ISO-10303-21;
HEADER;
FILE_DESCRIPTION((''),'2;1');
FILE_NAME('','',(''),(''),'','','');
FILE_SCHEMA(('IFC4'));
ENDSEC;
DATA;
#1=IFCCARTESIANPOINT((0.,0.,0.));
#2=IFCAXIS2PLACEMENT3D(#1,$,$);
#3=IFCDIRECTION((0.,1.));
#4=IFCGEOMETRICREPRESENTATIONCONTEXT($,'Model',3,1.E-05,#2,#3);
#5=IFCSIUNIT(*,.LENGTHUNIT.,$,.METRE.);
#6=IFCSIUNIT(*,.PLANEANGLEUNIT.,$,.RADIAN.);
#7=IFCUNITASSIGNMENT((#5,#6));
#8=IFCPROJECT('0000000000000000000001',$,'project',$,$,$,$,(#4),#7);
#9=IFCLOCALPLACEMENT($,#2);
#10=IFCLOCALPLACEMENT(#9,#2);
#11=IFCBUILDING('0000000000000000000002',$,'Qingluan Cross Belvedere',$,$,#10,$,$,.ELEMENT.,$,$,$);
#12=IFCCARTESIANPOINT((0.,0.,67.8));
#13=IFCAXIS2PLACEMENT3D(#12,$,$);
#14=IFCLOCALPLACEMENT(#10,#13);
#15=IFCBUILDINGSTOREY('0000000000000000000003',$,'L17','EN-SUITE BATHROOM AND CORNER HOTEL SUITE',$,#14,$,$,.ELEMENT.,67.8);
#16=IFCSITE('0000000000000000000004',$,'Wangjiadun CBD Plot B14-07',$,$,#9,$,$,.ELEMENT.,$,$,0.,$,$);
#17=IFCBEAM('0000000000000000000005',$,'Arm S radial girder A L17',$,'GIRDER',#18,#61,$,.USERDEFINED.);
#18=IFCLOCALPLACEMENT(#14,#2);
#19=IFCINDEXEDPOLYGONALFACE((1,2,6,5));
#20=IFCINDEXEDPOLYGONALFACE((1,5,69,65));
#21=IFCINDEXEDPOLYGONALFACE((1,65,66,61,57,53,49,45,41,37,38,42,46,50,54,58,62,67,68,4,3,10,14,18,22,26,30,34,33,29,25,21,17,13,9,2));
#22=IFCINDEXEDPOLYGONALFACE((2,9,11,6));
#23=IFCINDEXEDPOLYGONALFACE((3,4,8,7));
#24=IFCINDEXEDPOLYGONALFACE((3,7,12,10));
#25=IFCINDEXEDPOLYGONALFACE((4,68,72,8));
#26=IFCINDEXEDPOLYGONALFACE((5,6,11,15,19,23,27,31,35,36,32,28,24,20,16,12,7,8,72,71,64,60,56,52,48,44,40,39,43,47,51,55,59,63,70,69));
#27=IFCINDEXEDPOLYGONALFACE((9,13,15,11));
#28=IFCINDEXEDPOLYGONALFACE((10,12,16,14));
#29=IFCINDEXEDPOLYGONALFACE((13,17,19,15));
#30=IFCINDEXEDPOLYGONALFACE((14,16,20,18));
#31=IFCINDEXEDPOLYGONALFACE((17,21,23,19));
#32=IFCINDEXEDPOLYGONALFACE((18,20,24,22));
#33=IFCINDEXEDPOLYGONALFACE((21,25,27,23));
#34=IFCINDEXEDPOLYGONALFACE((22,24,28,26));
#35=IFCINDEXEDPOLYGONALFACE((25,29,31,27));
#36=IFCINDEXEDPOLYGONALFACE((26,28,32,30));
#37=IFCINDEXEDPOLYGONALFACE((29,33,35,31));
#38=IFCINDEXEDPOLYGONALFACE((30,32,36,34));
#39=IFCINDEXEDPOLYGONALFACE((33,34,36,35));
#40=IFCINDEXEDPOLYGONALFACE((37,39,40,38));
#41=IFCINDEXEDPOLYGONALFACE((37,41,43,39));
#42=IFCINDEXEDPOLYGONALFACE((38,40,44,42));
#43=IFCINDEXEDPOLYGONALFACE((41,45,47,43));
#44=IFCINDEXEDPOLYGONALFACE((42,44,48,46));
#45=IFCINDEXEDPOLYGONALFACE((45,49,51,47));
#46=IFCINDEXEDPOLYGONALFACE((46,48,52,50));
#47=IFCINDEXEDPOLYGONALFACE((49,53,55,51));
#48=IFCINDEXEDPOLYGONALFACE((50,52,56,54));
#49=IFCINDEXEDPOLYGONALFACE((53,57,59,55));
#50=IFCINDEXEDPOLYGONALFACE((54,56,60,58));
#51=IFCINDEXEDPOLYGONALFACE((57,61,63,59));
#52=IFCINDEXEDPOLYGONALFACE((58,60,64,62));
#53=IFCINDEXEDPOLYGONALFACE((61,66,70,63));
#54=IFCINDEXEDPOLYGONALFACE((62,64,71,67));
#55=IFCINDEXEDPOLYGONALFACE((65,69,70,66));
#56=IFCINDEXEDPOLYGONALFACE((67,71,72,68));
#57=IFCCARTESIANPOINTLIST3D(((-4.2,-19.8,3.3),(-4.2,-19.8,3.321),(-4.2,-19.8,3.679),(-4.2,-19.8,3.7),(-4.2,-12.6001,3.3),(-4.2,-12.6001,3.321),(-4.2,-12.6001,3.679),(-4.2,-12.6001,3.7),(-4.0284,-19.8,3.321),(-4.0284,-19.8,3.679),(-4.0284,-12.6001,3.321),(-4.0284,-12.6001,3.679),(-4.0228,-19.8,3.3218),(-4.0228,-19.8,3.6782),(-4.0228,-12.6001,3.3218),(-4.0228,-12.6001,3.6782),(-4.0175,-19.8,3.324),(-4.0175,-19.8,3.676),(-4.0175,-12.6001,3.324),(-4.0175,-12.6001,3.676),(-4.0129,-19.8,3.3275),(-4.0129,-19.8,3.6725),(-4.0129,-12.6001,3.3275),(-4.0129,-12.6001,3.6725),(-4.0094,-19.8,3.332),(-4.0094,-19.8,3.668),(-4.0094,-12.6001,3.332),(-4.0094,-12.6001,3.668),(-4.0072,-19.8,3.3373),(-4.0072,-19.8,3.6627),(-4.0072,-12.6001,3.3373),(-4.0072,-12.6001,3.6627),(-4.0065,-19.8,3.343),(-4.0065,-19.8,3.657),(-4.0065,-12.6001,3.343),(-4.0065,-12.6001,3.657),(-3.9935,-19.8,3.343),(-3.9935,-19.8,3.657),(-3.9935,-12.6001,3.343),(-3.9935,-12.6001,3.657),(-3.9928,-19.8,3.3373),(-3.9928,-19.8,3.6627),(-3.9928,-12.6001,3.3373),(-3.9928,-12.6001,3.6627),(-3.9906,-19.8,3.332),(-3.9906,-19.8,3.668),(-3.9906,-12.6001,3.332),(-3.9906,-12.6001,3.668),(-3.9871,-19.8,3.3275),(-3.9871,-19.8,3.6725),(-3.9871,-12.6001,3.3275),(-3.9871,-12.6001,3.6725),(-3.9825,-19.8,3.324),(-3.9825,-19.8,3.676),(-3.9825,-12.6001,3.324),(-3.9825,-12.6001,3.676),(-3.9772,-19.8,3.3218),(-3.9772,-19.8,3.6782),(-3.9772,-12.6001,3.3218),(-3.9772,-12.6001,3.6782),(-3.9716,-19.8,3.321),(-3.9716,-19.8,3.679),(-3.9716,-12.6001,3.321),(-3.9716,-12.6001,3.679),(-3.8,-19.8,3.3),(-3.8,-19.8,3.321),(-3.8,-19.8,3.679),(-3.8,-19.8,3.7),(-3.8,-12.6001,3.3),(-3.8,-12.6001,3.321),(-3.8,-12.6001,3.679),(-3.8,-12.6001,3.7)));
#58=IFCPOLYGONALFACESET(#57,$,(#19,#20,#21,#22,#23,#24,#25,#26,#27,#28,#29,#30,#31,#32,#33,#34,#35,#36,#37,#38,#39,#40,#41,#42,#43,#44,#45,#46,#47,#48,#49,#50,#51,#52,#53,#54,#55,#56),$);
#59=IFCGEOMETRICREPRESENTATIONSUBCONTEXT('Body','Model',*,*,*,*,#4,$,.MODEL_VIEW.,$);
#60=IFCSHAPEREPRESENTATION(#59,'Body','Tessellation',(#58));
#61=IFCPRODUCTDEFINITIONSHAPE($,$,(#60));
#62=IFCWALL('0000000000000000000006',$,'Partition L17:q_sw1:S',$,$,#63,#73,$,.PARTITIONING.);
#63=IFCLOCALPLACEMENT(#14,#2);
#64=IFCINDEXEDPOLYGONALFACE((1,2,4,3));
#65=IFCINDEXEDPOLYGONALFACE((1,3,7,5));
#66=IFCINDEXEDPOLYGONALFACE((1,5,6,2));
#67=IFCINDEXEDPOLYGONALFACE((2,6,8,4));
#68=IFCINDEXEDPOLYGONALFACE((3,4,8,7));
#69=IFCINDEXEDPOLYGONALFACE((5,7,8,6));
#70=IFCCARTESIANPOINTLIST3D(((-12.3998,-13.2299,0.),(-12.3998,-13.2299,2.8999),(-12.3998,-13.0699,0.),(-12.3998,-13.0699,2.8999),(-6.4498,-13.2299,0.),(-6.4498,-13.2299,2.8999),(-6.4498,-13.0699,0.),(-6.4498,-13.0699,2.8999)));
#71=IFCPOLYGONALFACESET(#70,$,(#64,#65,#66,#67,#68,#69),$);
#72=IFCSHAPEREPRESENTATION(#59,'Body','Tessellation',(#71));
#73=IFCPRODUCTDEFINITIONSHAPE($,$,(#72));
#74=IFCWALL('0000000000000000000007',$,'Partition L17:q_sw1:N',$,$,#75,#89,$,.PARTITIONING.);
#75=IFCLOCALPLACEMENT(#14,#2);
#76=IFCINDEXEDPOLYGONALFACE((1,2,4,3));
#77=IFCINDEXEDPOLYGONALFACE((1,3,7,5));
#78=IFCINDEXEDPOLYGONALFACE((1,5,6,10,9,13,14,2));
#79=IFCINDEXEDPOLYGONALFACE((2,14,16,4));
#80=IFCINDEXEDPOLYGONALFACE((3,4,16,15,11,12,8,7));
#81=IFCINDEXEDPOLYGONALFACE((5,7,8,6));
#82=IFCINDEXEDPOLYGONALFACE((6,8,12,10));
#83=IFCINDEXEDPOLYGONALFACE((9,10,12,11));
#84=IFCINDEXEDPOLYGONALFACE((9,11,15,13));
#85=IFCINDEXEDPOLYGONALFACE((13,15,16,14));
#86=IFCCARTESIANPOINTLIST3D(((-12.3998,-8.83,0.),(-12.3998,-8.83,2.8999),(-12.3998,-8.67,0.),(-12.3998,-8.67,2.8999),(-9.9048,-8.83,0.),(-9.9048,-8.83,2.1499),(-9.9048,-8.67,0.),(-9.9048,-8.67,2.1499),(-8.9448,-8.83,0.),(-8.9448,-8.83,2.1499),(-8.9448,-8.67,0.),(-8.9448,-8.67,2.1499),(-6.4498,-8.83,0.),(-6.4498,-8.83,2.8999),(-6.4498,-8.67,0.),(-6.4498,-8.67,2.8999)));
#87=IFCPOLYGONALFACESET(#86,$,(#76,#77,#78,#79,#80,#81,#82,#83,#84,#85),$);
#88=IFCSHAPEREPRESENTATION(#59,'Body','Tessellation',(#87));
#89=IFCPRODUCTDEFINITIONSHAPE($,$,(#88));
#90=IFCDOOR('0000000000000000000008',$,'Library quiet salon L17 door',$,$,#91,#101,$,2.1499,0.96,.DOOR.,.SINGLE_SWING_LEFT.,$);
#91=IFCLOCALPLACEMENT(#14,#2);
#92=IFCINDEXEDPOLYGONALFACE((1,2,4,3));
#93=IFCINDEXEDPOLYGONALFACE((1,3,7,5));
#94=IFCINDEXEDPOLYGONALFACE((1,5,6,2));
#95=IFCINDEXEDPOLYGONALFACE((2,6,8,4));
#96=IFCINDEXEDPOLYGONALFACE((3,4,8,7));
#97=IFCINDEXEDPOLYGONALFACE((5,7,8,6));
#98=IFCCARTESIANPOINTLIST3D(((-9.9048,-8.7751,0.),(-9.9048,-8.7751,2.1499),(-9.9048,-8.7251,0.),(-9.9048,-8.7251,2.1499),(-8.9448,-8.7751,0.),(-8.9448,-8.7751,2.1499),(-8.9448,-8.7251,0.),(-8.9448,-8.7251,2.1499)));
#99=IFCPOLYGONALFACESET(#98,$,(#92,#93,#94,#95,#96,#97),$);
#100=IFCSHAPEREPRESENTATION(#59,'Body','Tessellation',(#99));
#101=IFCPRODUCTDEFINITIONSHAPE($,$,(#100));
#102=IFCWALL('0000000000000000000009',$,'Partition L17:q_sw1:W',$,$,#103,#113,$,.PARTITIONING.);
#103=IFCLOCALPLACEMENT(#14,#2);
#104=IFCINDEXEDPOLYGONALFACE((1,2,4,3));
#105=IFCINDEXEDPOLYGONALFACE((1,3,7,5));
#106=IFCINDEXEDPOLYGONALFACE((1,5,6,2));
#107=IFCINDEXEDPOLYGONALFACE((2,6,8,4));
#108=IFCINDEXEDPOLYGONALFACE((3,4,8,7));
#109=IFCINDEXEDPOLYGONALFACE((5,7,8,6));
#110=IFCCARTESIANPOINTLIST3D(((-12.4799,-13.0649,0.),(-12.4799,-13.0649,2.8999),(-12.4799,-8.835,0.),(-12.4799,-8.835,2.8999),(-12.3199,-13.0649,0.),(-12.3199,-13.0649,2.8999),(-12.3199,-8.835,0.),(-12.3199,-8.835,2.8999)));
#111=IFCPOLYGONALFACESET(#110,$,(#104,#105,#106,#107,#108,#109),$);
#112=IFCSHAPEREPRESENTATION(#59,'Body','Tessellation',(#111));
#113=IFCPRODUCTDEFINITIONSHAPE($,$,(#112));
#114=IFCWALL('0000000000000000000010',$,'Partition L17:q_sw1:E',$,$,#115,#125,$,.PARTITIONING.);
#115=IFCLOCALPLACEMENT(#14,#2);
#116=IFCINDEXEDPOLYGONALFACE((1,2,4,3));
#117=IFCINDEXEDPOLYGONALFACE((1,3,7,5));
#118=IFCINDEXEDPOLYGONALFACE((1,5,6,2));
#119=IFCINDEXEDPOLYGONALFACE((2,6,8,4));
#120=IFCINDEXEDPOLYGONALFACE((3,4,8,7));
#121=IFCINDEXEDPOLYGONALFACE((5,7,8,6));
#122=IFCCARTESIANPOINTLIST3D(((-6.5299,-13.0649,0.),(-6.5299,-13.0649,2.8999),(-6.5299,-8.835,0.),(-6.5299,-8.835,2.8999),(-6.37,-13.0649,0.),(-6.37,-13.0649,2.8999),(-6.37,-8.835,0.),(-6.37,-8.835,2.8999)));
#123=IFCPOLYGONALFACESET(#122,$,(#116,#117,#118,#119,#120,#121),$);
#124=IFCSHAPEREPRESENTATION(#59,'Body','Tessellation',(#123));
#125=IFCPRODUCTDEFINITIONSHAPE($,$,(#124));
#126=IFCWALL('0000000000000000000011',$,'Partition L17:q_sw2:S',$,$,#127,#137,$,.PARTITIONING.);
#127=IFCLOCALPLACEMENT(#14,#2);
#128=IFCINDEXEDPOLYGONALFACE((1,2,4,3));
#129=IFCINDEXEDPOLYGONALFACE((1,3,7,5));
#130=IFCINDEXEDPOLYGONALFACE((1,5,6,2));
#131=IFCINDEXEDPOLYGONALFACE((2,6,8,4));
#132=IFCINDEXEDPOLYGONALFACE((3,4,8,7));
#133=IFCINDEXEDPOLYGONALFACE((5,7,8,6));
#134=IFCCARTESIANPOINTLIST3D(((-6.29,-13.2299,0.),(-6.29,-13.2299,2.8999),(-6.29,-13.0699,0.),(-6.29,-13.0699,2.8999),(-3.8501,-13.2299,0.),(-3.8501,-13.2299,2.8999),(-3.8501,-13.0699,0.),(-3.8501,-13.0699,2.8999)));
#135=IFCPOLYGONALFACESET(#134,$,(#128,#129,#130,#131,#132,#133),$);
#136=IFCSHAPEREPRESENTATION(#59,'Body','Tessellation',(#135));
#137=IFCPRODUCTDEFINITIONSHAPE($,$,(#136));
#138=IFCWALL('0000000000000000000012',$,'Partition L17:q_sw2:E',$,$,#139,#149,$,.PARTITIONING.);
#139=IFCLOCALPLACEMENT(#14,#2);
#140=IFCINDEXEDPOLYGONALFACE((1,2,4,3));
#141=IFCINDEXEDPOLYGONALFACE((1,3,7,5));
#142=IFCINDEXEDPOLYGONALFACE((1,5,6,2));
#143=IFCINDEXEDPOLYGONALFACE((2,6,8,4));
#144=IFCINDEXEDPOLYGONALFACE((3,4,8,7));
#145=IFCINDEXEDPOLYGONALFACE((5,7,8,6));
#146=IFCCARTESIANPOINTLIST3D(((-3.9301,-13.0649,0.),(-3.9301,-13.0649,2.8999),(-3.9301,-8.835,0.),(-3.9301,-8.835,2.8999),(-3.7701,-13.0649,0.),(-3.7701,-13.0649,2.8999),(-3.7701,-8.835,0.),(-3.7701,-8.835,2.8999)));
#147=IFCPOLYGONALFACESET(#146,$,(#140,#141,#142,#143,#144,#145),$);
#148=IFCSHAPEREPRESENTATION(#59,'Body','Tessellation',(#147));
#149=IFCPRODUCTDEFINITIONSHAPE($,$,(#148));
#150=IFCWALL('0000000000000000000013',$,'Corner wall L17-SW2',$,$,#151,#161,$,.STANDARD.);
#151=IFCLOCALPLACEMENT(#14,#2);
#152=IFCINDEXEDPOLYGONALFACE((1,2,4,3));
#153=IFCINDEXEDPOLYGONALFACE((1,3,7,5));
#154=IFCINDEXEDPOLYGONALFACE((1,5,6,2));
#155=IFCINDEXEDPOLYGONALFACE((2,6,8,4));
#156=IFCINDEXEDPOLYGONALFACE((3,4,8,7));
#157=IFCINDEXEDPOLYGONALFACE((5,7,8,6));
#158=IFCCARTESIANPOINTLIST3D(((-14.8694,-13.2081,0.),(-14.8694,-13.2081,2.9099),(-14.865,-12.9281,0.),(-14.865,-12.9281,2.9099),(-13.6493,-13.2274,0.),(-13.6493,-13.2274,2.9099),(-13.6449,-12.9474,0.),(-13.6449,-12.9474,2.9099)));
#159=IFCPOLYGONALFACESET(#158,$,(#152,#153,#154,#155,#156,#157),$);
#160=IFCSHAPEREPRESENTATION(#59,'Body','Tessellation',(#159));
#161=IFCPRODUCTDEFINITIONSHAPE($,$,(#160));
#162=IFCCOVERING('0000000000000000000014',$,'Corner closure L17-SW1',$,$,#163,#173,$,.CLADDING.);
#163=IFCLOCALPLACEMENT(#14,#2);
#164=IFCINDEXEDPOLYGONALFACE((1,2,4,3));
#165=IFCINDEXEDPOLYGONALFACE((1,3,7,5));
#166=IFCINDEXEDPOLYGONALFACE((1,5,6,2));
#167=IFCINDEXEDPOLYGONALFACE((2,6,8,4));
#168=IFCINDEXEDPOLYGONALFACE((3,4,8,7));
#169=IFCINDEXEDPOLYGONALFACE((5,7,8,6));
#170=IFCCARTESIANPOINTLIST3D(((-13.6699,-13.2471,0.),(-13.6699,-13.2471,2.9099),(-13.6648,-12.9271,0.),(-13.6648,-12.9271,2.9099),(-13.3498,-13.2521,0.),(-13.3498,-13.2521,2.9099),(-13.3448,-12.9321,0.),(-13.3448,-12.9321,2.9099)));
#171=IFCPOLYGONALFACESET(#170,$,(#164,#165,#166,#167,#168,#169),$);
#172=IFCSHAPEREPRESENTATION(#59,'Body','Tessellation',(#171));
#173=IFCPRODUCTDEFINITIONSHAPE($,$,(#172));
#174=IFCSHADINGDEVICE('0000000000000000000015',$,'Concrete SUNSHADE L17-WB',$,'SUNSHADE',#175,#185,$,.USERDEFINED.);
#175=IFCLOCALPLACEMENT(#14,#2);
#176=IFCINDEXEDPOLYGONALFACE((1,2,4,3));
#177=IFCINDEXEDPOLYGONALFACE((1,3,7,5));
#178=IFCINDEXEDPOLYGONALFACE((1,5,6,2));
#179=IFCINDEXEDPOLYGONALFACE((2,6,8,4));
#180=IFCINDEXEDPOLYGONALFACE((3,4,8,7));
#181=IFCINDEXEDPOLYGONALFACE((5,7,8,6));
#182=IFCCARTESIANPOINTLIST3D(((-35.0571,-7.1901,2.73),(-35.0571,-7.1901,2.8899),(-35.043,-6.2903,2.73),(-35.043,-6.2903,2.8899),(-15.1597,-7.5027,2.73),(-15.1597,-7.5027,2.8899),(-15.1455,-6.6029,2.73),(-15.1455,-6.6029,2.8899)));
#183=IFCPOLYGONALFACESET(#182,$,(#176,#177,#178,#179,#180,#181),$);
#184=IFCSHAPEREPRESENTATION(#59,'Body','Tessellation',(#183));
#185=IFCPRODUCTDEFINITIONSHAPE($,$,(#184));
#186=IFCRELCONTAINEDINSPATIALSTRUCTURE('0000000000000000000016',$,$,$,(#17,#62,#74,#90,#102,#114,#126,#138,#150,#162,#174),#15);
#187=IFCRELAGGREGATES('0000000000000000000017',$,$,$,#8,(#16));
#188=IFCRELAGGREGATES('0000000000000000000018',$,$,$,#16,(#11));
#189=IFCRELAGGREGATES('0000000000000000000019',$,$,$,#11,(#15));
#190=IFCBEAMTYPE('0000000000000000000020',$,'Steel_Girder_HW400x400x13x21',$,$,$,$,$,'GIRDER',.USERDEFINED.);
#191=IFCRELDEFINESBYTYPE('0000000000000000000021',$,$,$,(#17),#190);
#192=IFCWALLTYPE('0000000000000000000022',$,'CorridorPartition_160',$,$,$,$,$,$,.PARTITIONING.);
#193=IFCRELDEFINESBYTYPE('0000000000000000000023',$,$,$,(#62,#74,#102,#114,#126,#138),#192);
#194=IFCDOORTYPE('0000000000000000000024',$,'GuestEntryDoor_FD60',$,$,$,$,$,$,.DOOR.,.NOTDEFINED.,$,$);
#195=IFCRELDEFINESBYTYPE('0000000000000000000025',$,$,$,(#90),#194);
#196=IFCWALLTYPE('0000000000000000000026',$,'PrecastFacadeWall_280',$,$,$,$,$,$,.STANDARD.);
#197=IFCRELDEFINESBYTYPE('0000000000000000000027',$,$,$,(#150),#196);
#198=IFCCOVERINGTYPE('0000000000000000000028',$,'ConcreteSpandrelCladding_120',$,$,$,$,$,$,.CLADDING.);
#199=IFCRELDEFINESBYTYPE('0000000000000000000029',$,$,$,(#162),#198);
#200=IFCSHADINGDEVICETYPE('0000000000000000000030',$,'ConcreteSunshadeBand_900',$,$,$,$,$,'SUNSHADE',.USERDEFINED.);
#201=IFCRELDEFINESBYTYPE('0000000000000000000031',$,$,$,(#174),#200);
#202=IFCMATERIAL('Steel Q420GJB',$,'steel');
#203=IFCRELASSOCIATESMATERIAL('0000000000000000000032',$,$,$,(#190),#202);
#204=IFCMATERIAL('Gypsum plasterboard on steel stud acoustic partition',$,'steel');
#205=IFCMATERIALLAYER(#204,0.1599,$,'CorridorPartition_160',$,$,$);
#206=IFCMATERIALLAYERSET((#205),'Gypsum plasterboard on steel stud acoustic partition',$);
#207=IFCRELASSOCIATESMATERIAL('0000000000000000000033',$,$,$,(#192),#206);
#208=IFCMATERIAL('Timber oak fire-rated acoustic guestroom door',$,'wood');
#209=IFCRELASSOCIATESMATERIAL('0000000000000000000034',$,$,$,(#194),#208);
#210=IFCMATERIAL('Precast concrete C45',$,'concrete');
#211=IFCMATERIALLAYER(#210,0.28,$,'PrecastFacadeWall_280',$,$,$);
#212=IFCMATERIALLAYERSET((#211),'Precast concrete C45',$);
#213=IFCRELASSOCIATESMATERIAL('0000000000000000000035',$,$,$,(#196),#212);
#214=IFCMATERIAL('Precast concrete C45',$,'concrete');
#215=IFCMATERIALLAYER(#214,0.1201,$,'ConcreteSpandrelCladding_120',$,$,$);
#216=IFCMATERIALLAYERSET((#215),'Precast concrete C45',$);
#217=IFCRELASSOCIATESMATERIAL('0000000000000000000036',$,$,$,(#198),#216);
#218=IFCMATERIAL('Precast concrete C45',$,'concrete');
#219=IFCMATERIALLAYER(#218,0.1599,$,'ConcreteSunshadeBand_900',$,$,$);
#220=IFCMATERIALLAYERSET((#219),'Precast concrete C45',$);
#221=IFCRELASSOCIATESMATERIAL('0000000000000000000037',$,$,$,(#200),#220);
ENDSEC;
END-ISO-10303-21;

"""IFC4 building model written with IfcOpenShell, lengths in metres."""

from ifc_helpers import new_model, si_unit, direction, frame, frame_2d, origin, origin_2d, place, context, subcontext, project, spatial, rectangle, i_section, extrude, material, layer, layer_set, material_profile, profile_set, type_object, element, fill, save


model = new_model("IFC4")

# Units and contexts
model_context = context("Model", 3, precision=1e-05, world=origin(), true_north=direction((0.0, 1.0)))
body_context = subcontext(model_context, "Body", "Model", "MODEL_VIEW")
ifc_project = project(units=[si_unit("LENGTHUNIT", "METRE"), si_unit("PLANEANGLEUNIT", "RADIAN")], contexts=[model_context])

# Site, building, storey
site_placement = place(None, origin())
site = spatial("IfcSite", under=ifc_project, at=site_placement, Name="Wangjiadun CBD Plot B14-07", CompositionType="ELEMENT", RefElevation=0.0)
building_placement = place(site_placement, origin())
building = spatial("IfcBuilding", under=site, at=building_placement, Name="Qingluan Cross Belvedere", CompositionType="ELEMENT")
storey_placement = place(building_placement, frame((0.0, 0.0, 67.8)))
storey = spatial("IfcBuildingStorey", under=building, at=storey_placement, Name="L17", Description="EN-SUITE BATHROOM AND CORNER HOTEL SUITE", CompositionType="ELEMENT", Elevation=67.8)

# Beam
ifc_material_1 = material(Name="Steel Q420GJB", Category="steel")
ifc_material_profile_1 = material_profile(ifc_material_1, i_section(OverallWidth=0.3999, OverallDepth=0.3999, WebThickness=0.0129, FlangeThickness=0.021, FilletRadius=0.022, at=origin_2d()), Name="HW400x400x13x21")
ifc_profile_set_1 = profile_set([ifc_material_profile_1], Name="Steel Q420GJB")
beam_type_1 = type_object("IfcBeamType", Name="Steel_Girder_HW400x400x13x21", ElementType="GIRDER", PredefinedType="USERDEFINED", material=ifc_profile_set_1)
beam_1_placement = place(storey_placement, frame((-4.0, -12.6001, 3.5), z_axis=(0.0, -1.0, 0.0), x_axis=(1.0, 0.0, 0.0)))
element("IfcBeam", 1, at=beam_1_placement, inside=storey, type_object=beam_type_1, Name="Arm S radial girder A L17", ObjectType="GIRDER", PredefinedType="USERDEFINED", context=body_context, shape_type="SweptSolid", body=[
    extrude(i_section(OverallWidth=0.3999, OverallDepth=0.3999, WebThickness=0.0129, FlangeThickness=0.021, FilletRadius=0.022, at=origin_2d()), origin(), (0.0, 0.0, 1.0), 7.2),
])

# Wall
ifc_material_2 = material(Name="Gypsum plasterboard on steel stud acoustic partition", Category="steel")
ifc_layer_1 = layer(ifc_material_2, 0.1599, Name="CorridorPartition_160")
ifc_layer_set_1 = layer_set([ifc_layer_1], Name="Gypsum plasterboard on steel stud acoustic partition")
wall_type_1 = type_object("IfcWallType", Name="CorridorPartition_160", PredefinedType="PARTITIONING", material=ifc_layer_set_1)
wall_1_placement = place(storey_placement, frame((-12.3999, -13.1499, 0.0), z_axis=(0.0, 0.0, 1.0), x_axis=(1.0, 0.0, 0.0)))
element("IfcWall", 2, at=wall_1_placement, inside=storey, type_object=wall_type_1, Name="Partition L17:q_sw1:S", PredefinedType="PARTITIONING", context=body_context, shape_type="SweptSolid", body=[
    extrude(rectangle(XDim=5.95, YDim=0.1599, at=frame_2d((2.9751, 0.0))), origin(), (0.0, 0.0, 1.0), 2.8999),
])

# Wall, opening, door
wall_2_placement = place(storey_placement, frame((-12.3999, -8.75, 0.0), z_axis=(0.0, 0.0, 1.0), x_axis=(1.0, 0.0, 0.0)))
wall_2 = element("IfcWall", 3, at=wall_2_placement, inside=storey, type_object=wall_type_1, Name="Partition L17:q_sw1:N", PredefinedType="PARTITIONING", context=body_context, shape_type="SweptSolid", body=[
    extrude(rectangle(XDim=5.95, YDim=0.1599, at=frame_2d((2.9751, 0.0))), origin(), (0.0, 0.0, 1.0), 2.8999),
])
opening_1_placement = place(wall_2_placement, frame((2.4951, 0.0, 0.0)))
opening_1 = element("IfcOpeningElement", 4, at=opening_1_placement, cuts=wall_2, PredefinedType="OPENING", context=body_context, shape_type="SweptSolid", body=[
    extrude(rectangle(XDim=0.96, YDim=2.1499, at=frame_2d((0.48, 1.075))), frame((0.0, 0.0898, 0.0), z_axis=(0.0, -1.0, 0.0), x_axis=(1.0, 0.0, 0.0)), (0.0, 0.0, 1.0), 0.1799),
])
ifc_material_3 = material(Name="Timber oak fire-rated acoustic guestroom door", Category="wood")
door_type = type_object("IfcDoorType", Name="GuestEntryDoor_FD60", OperationType="NOTDEFINED", PredefinedType="DOOR", material=ifc_material_3)
door_1_placement = place(opening_1_placement, origin())
door_1 = element("IfcDoor", 5, at=door_1_placement, inside=storey, type_object=door_type, Name="Library quiet salon L17 door", OperationType="SINGLE_SWING_LEFT", OverallHeight=2.1499, OverallWidth=0.96, PredefinedType="DOOR", context=body_context, shape_type="SweptSolid", body=[
    extrude(rectangle(XDim=0.96, YDim=2.1499, at=frame_2d((0.48, 1.075))), frame((0.0, 0.0249, 0.0), z_axis=(0.0, -1.0, 0.0), x_axis=(1.0, 0.0, 0.0)), (0.0, 0.0, 1.0), 0.05),
])
fill(opening_1, door_1)

# Walls
for number, where, z_axis, x_axis, name in (
    (6, (-12.3999, -13.0649, 0.0), (0.0, 0.0, 1.0), (0.0, 1.0, 0.0), "Partition L17:q_sw1:W"),
    (7, (-6.45, -13.0649, 0.0), (0.0, 0.0, 1.0), (0.0, 1.0, 0.0), "Partition L17:q_sw1:E"),
):
    element("IfcWall", number, at=place(storey_placement, frame(where, z_axis=z_axis, x_axis=x_axis)), inside=storey, type_object=wall_type_1, Name=name, PredefinedType="PARTITIONING", context=body_context, shape_type="SweptSolid", body=[
        extrude(rectangle(XDim=4.23, YDim=0.1599, at=frame_2d((2.115, 0.0))), origin(), (0.0, 0.0, 1.0), 2.8999),
    ])
wall_3_placement = place(storey_placement, frame((-6.29, -13.1499, 0.0), z_axis=(0.0, 0.0, 1.0), x_axis=(1.0, 0.0, 0.0)))
element("IfcWall", 8, at=wall_3_placement, inside=storey, type_object=wall_type_1, Name="Partition L17:q_sw2:S", PredefinedType="PARTITIONING", context=body_context, shape_type="SweptSolid", body=[
    extrude(rectangle(XDim=2.4399, YDim=0.1599, at=frame_2d((1.22, 0.0))), origin(), (0.0, 0.0, 1.0), 2.8999),
])

# Walls
wall_4_placement = place(storey_placement, frame((-3.8501, -13.0649, 0.0), z_axis=(0.0, 0.0, 1.0), x_axis=(0.0, 1.0, 0.0)))
element("IfcWall", 9, at=wall_4_placement, inside=storey, type_object=wall_type_1, Name="Partition L17:q_sw2:E", PredefinedType="PARTITIONING", context=body_context, shape_type="SweptSolid", body=[
    extrude(rectangle(XDim=4.23, YDim=0.1599, at=frame_2d((2.115, 0.0))), origin(), (0.0, 0.0, 1.0), 2.8999),
])
ifc_material_4 = material(Name="Precast concrete C45", Category="concrete")
ifc_layer_2 = layer(ifc_material_4, 0.28, Name="PrecastFacadeWall_280")
ifc_layer_set_2 = layer_set([ifc_layer_2], Name="Precast concrete C45")
wall_type_2 = type_object("IfcWallType", Name="PrecastFacadeWall_280", PredefinedType="STANDARD", material=ifc_layer_set_2)
wall_5_placement = place(storey_placement, frame((-14.8672, -13.0681, 0.0), z_axis=(0.0, 0.0, 1.0), x_axis=(0.999875, -0.015808, 0.0)))
element("IfcWall", 10, at=wall_5_placement, inside=storey, type_object=wall_type_2, Name="Corner wall L17-SW2", PredefinedType="STANDARD", context=body_context, shape_type="SweptSolid", body=[
    extrude(rectangle(XDim=1.2202, YDim=0.28, at=frame_2d((0.6101, 0.0))), origin(), (0.0, 0.0, 1.0), 2.9099),
])

# Covering
ifc_material_5 = material(Name="Precast concrete C45", Category="concrete")
ifc_layer_3 = layer(ifc_material_5, 0.1201, Name="ConcreteSpandrelCladding_120")
ifc_layer_set_3 = layer_set([ifc_layer_3], Name="Precast concrete C45")
covering_type = type_object("IfcCoveringType", Name="ConcreteSpandrelCladding_120", PredefinedType="CLADDING", material=ifc_layer_set_3)
covering_placement = place(storey_placement, frame((-13.5073, -13.0896, 0.0), z_axis=(0.0, 0.0, 1.0), x_axis=(0.999877, -0.015707, 0.0)))
element("IfcCovering", 11, at=covering_placement, inside=storey, type_object=covering_type, Name="Corner closure L17-SW1", PredefinedType="CLADDING", context=body_context, shape_type="SweptSolid", body=[
    extrude(rectangle(XDim=0.3201, YDim=0.3201, at=origin_2d()), origin(), (0.0, 0.0, 1.0), 2.9099),
])

# Shading device
ifc_material_6 = material(Name="Precast concrete C45", Category="concrete")
ifc_layer_4 = layer(ifc_material_6, 0.1599, Name="ConcreteSunshadeBand_900")
ifc_layer_set_4 = layer_set([ifc_layer_4], Name="Precast concrete C45")
shading_device_type = type_object("IfcShadingDeviceType", Name="ConcreteSunshadeBand_900", ElementType="SUNSHADE", PredefinedType="USERDEFINED", material=ifc_layer_set_4)
shading_device_placement = place(storey_placement, frame((-25.1013, -6.8965, 2.73), z_axis=(0.0, 0.0, 1.0), x_axis=(0.999877, -0.015706, 0.0)))
element("IfcShadingDevice", 12, at=shading_device_placement, inside=storey, type_object=shading_device_type, Name="Concrete SUNSHADE L17-WB", ObjectType="SUNSHADE", PredefinedType="USERDEFINED", context=body_context, shape_type="SweptSolid", body=[
    extrude(rectangle(XDim=19.8999, YDim=0.8999, at=origin_2d()), origin(), (0.0, 0.0, 1.0), 0.1599),
])

save(model, "model.ifc")
